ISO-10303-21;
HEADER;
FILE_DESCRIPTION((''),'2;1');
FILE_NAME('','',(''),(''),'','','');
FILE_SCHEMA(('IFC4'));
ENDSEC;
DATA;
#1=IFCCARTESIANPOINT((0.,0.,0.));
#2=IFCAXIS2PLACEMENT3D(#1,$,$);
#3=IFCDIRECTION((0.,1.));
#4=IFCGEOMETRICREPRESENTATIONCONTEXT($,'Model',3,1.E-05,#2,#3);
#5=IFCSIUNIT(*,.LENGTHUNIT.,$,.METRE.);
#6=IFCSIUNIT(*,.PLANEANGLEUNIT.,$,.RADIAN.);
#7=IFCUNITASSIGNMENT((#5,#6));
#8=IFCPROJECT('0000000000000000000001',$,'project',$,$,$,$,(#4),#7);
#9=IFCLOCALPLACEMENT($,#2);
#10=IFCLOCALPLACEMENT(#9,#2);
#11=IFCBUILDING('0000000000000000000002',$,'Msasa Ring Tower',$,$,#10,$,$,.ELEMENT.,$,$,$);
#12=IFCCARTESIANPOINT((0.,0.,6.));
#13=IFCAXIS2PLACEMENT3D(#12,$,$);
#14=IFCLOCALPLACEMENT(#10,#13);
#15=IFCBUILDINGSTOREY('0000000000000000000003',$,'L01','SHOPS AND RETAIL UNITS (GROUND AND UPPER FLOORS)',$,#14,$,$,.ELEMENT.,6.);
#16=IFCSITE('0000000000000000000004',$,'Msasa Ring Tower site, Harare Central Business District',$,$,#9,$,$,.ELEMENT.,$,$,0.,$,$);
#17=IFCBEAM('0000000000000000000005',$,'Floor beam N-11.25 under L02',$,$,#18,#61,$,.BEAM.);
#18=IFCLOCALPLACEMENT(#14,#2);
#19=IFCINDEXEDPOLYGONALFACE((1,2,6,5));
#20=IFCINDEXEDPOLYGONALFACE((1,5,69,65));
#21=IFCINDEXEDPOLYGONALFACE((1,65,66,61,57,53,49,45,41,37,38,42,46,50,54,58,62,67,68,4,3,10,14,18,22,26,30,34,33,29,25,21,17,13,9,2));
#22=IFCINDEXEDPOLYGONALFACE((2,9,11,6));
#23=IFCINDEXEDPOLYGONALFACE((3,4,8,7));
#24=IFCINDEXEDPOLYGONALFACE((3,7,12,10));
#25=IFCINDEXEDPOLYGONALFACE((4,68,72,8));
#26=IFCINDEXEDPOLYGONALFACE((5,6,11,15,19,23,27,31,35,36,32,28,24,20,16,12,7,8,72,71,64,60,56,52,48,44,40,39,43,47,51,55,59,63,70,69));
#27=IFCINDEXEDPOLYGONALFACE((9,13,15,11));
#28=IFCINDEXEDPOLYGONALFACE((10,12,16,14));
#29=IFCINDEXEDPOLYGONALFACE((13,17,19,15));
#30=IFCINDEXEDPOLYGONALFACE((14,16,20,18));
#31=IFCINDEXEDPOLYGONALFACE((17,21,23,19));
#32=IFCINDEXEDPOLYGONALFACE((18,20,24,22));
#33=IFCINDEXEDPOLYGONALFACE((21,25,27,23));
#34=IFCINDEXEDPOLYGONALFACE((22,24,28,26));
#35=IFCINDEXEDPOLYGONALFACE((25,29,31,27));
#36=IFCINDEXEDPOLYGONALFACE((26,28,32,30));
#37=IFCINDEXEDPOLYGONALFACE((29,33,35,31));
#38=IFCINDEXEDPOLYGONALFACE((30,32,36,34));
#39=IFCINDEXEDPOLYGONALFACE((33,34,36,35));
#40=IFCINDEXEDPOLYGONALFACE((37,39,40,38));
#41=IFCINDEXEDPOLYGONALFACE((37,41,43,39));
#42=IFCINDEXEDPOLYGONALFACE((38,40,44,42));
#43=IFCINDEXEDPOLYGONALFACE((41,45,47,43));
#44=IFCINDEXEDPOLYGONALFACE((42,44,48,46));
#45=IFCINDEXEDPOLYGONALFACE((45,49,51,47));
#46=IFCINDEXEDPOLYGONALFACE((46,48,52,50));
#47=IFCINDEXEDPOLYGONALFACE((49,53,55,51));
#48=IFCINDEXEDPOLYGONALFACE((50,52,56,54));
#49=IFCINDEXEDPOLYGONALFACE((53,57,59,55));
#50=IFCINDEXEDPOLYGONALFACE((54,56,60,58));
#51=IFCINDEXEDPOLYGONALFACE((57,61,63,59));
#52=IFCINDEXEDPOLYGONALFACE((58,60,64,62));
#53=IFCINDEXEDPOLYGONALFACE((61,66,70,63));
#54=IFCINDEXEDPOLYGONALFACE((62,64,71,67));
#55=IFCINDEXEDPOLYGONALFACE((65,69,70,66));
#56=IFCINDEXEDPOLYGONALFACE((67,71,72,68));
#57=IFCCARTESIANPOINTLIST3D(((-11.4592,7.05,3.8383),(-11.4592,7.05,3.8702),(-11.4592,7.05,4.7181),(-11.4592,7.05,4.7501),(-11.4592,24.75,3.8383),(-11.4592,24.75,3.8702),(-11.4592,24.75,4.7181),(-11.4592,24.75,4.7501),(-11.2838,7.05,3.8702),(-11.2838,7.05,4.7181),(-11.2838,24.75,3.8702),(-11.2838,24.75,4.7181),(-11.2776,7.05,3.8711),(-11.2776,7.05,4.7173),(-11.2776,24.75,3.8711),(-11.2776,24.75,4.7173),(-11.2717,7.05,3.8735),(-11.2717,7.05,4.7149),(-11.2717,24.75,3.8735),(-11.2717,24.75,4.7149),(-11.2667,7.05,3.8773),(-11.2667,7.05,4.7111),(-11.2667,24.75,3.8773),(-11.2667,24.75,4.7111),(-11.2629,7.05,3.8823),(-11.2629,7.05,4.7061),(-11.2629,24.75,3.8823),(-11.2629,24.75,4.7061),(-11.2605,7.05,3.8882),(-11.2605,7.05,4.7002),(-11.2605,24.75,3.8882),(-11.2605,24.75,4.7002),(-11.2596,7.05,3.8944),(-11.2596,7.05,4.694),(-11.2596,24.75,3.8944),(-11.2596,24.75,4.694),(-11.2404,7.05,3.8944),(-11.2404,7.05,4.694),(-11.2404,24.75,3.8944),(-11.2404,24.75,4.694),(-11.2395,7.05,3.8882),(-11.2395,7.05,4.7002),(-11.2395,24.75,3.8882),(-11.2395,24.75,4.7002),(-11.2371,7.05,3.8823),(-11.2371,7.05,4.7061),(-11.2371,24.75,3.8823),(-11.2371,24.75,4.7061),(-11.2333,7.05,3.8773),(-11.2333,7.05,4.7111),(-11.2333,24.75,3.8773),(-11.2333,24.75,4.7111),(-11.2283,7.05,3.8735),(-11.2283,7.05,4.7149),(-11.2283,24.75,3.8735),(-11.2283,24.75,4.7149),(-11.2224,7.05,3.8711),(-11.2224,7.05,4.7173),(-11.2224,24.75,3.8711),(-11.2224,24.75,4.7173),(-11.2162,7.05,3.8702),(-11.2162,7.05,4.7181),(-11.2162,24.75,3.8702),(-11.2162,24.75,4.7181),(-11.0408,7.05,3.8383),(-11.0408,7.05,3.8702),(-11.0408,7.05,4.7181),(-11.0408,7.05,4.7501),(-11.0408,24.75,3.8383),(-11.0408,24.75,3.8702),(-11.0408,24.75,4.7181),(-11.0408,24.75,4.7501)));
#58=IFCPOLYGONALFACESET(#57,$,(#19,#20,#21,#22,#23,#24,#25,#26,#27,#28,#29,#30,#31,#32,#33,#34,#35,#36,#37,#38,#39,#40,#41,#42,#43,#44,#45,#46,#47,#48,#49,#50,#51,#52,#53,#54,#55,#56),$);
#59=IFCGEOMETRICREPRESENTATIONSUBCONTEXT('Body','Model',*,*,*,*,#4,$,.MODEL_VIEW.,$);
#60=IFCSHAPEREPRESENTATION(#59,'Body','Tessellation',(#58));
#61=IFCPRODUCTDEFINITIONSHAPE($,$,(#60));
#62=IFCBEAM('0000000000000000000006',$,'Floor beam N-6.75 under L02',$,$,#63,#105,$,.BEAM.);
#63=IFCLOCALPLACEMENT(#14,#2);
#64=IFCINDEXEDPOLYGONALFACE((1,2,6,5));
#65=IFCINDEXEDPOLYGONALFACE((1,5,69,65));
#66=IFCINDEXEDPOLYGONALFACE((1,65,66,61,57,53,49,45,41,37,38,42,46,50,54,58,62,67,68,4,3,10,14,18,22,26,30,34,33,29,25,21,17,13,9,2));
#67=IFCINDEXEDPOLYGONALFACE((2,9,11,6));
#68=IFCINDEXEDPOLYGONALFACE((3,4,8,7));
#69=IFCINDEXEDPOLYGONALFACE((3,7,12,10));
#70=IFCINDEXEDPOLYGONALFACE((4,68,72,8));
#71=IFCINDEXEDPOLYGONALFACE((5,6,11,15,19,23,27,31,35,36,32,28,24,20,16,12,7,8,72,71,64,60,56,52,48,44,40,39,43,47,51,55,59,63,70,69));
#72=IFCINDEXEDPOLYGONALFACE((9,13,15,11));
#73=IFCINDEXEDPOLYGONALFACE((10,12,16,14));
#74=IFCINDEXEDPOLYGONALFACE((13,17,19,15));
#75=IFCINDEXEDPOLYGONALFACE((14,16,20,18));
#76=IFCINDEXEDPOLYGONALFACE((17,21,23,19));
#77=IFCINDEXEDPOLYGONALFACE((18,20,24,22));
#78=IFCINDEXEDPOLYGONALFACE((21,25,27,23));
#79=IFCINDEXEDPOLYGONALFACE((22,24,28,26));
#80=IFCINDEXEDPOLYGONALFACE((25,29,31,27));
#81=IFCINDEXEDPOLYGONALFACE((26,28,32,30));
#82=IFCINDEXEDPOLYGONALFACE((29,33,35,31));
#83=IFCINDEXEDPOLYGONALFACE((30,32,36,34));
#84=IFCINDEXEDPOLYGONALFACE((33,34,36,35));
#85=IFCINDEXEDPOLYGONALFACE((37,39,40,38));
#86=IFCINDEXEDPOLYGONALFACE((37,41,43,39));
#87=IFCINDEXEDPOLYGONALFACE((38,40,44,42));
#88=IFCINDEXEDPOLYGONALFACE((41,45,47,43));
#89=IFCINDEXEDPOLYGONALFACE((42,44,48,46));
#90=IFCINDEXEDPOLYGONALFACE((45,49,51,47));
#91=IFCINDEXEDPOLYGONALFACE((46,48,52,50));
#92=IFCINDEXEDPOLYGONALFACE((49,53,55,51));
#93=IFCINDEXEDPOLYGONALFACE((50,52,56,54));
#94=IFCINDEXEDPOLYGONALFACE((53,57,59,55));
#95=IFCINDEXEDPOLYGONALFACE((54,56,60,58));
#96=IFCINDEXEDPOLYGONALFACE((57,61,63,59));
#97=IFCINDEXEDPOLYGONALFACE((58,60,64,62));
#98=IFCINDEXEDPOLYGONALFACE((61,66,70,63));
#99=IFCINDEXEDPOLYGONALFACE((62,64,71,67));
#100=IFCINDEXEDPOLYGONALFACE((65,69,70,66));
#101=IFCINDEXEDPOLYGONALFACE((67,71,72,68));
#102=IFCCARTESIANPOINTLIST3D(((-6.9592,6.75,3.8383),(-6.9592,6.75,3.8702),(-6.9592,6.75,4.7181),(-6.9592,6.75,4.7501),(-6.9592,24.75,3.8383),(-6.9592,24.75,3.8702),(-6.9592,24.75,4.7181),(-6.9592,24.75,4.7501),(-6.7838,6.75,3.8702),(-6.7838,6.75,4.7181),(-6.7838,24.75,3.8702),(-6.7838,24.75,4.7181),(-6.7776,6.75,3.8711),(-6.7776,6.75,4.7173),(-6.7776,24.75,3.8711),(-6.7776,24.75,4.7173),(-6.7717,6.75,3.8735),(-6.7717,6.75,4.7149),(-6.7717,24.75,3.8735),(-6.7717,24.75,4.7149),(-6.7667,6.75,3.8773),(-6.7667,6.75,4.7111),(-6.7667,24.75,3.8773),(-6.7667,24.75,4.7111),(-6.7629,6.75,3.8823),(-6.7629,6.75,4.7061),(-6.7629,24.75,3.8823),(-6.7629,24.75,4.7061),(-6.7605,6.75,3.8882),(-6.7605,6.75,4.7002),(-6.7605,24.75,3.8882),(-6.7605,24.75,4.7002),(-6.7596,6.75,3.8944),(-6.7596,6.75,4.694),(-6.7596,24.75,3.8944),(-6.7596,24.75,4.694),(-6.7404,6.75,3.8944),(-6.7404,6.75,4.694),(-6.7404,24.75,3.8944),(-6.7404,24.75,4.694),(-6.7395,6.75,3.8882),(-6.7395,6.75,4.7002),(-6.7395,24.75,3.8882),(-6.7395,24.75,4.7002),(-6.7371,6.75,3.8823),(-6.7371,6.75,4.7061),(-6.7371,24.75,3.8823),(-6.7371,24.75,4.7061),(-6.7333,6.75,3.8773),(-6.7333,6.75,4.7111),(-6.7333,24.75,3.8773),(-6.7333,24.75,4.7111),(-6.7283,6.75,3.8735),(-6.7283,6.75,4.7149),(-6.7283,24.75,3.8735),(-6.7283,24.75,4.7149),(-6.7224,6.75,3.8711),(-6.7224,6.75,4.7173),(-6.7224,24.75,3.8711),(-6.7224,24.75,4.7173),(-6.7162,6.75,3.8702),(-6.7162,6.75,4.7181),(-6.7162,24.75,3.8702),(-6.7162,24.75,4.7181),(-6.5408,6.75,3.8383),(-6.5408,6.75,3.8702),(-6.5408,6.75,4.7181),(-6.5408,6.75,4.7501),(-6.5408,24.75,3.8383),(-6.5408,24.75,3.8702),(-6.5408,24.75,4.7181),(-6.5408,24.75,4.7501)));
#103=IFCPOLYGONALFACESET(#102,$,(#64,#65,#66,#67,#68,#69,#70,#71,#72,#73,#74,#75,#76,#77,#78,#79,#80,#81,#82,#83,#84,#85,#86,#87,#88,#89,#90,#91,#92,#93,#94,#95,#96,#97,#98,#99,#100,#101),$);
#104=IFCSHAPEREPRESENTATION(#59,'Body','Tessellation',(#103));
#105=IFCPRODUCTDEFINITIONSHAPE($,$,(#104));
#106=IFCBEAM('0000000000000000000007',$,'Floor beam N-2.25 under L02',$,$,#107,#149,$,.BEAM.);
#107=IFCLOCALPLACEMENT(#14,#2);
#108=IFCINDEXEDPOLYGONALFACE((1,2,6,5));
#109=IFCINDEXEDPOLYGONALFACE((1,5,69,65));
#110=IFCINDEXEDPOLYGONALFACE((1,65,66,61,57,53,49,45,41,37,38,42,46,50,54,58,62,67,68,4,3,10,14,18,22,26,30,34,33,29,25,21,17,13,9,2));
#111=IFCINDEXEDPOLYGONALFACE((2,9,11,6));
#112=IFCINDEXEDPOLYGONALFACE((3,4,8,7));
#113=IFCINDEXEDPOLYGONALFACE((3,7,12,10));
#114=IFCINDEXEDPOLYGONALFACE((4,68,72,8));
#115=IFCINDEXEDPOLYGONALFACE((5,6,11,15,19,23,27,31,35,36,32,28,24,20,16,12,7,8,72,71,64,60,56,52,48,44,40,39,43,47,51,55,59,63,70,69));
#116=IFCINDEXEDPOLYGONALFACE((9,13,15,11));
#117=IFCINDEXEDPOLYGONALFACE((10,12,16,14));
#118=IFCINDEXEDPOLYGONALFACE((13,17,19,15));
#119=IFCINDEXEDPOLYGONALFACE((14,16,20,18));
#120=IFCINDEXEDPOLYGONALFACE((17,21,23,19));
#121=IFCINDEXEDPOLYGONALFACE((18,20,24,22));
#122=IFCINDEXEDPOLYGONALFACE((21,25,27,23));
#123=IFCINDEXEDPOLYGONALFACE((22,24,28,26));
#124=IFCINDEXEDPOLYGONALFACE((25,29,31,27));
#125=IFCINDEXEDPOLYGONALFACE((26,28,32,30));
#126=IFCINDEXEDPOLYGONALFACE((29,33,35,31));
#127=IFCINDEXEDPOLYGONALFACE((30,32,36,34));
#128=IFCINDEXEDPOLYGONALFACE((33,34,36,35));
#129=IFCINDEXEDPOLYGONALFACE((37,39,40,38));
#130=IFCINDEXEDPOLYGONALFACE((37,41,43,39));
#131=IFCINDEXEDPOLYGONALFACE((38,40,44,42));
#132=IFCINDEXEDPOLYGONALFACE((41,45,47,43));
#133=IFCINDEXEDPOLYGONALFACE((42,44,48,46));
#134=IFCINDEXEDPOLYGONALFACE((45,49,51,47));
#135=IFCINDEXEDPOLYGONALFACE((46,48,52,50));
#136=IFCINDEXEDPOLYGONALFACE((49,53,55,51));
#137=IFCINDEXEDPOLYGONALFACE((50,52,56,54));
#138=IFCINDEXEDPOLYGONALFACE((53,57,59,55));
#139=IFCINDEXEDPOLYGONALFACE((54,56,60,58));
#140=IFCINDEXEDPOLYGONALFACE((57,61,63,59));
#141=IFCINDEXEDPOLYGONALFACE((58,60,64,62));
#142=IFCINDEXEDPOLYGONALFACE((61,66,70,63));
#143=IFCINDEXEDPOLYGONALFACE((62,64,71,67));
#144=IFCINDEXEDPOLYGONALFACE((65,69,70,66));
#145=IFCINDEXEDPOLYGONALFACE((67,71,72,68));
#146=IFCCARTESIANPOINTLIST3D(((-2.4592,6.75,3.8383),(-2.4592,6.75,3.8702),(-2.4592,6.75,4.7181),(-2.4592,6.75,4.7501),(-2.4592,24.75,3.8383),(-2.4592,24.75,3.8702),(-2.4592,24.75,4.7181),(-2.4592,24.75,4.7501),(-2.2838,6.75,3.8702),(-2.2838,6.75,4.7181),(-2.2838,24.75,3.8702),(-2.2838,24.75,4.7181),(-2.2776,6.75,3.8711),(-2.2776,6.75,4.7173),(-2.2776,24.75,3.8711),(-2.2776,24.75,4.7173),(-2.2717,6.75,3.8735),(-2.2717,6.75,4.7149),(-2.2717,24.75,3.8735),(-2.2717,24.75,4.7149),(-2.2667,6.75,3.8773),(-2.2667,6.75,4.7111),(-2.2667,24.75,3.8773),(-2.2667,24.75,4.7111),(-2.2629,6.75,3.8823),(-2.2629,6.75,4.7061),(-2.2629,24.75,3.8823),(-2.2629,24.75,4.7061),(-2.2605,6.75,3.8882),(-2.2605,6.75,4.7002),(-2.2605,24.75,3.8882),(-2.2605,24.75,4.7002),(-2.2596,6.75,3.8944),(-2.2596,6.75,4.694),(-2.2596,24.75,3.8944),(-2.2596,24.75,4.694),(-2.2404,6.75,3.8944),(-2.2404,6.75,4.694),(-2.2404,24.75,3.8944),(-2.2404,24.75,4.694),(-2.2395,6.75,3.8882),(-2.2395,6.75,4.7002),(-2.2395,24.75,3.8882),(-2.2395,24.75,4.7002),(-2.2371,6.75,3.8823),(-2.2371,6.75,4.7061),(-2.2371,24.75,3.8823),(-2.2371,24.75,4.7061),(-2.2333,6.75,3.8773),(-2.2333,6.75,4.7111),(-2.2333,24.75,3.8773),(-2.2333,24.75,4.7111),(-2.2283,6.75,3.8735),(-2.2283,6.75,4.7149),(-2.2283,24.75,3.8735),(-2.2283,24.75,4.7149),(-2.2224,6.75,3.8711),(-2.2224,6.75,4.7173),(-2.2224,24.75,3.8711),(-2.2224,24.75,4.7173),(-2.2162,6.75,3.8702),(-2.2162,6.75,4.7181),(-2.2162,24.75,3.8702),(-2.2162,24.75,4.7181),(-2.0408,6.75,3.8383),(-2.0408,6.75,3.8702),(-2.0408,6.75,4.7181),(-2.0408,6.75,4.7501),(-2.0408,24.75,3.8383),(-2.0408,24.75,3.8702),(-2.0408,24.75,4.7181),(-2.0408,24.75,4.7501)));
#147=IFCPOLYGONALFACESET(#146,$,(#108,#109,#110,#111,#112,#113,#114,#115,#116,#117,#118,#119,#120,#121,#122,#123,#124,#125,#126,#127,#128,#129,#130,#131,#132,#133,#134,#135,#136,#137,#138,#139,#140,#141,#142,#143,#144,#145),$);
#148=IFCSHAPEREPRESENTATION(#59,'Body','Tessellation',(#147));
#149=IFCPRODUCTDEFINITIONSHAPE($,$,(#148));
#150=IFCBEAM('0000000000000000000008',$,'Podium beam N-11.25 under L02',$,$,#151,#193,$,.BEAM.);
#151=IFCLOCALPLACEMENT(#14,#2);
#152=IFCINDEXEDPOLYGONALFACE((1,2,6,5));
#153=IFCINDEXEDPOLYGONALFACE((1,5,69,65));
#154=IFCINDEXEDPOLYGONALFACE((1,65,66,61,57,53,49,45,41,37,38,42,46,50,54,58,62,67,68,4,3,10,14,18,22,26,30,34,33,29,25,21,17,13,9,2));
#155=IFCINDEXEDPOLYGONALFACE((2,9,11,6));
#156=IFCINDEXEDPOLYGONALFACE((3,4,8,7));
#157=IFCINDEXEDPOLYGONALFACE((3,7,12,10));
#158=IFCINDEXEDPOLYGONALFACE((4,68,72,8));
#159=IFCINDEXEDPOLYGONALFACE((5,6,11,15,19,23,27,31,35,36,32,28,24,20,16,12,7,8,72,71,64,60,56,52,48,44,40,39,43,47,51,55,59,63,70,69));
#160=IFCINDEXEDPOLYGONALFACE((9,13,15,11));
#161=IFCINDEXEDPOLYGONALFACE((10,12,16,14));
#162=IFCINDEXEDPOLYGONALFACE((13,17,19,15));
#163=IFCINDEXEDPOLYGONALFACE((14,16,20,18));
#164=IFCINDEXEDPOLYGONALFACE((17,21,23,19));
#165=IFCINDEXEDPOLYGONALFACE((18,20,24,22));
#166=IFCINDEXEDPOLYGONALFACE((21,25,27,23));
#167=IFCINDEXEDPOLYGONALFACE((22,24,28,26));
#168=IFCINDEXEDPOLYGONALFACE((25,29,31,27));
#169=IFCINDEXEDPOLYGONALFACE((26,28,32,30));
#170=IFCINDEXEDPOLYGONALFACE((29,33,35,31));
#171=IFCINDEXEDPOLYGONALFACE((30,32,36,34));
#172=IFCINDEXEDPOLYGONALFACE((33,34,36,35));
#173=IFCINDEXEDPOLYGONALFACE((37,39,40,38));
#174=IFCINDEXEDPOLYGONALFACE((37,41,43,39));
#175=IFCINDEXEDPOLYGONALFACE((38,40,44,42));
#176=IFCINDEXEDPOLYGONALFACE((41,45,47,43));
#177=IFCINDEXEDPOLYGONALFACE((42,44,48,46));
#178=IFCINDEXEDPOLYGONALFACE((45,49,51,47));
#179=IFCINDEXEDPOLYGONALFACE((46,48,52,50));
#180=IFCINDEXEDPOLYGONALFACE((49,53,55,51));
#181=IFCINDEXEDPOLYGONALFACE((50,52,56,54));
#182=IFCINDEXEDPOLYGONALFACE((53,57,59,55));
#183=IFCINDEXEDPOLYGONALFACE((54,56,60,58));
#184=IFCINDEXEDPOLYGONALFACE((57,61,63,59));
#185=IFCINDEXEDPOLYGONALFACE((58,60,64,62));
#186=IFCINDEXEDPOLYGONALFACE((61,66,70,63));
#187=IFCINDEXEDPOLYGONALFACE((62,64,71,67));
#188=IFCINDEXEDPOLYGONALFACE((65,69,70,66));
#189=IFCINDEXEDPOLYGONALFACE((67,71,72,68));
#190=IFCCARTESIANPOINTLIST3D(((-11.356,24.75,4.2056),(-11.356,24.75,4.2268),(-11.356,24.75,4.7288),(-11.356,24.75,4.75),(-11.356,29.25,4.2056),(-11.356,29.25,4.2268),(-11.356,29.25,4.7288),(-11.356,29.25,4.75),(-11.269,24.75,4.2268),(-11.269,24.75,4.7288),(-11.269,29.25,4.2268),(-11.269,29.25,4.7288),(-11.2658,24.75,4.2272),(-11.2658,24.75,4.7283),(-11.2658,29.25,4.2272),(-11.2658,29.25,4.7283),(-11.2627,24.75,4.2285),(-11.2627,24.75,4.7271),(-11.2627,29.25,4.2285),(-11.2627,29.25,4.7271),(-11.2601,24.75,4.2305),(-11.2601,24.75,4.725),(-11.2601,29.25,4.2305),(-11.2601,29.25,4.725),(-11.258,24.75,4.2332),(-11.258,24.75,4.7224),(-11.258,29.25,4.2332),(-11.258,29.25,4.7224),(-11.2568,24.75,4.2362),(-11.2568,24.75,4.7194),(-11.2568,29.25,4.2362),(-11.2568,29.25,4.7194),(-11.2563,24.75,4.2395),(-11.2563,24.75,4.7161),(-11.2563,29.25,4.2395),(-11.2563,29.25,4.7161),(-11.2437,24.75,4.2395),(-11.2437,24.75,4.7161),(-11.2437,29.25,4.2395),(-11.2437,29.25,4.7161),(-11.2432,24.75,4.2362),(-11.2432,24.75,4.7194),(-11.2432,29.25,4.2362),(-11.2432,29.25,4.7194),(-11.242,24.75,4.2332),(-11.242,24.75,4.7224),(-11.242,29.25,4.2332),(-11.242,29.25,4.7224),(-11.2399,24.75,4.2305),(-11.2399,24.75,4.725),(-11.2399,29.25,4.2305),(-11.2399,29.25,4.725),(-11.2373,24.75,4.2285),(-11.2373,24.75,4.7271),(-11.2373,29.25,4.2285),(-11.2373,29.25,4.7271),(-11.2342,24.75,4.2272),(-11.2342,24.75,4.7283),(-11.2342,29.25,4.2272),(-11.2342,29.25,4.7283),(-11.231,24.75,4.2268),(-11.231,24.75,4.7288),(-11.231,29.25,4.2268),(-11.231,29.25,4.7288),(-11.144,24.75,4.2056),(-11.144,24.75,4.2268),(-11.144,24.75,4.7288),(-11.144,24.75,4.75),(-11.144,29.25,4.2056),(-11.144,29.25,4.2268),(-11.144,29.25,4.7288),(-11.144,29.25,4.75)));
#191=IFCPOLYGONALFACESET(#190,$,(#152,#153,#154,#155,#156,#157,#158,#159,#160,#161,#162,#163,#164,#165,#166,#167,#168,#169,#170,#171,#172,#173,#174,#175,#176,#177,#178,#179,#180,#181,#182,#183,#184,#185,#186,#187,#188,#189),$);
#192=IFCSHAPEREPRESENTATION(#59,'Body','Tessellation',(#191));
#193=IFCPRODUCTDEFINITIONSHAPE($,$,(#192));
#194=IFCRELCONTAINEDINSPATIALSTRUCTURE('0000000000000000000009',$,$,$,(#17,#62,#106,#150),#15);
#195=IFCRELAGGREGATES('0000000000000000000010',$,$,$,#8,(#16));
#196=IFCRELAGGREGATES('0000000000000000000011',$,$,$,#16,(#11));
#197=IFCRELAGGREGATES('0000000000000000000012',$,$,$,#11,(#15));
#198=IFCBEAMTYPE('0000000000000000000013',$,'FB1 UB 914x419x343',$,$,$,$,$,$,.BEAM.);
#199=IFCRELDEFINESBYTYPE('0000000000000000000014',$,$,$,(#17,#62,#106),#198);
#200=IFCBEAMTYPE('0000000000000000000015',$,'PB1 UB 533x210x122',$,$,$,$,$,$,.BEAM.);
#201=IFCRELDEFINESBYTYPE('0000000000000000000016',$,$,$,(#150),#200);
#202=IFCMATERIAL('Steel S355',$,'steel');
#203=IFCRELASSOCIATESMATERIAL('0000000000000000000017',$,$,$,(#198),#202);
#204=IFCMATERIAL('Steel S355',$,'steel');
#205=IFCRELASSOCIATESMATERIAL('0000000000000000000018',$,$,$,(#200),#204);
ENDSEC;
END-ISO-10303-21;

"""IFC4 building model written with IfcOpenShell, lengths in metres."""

from ifc_helpers import new_model, si_unit, direction, frame, origin, origin_2d, place, context, subcontext, project, spatial, i_section, extrude, material, material_profile, profile_set, type_object, element, save


model = new_model("IFC4")

# Units and contexts
model_context = context("Model", 3, precision=1e-05, world=origin(), true_north=direction((0.0, 1.0)))
body_context = subcontext(model_context, "Body", "Model", "MODEL_VIEW")
ifc_project = project(units=[si_unit("LENGTHUNIT", "METRE"), si_unit("PLANEANGLEUNIT", "RADIAN")], contexts=[model_context])

# Site, building, storey
site_placement = place(None, origin())
site = spatial("IfcSite", under=ifc_project, at=site_placement, Name="Msasa Ring Tower site, Harare Central Business District", CompositionType="ELEMENT", RefElevation=0.0)
building_placement = place(site_placement, origin())
building = spatial("IfcBuilding", under=site, at=building_placement, Name="Msasa Ring Tower", CompositionType="ELEMENT")
storey_placement = place(building_placement, frame((0.0, 0.0, 6.0)))
storey = spatial("IfcBuildingStorey", under=building, at=storey_placement, Name="L01", Description="SHOPS AND RETAIL UNITS (GROUND AND UPPER FLOORS)", CompositionType="ELEMENT", Elevation=6.0)

# Beams
ifc_material_1 = material(Name="Steel S355", Category="steel")
ifc_material_profile_1 = material_profile(ifc_material_1, i_section(OverallWidth=0.4185, OverallDepth=0.9119, WebThickness=0.0193, FlangeThickness=0.032, FilletRadius=0.0242, at=origin_2d()), Name="UB 914x419x343")
ifc_profile_set_1 = profile_set([ifc_material_profile_1], Name="Steel S355")
beam_type_1 = type_object("IfcBeamType", Name="FB1 UB 914x419x343", PredefinedType="BEAM", material=ifc_profile_set_1)
beam_placement = place(storey_placement, frame((-11.25, 24.75, 4.2942), z_axis=(0.0, -1.0, 0.0), x_axis=(1.0, 0.0, 0.0)))
element("IfcBeam", 1, at=beam_placement, inside=storey, type_object=beam_type_1, Name="Floor beam N-11.25 under L02", PredefinedType="BEAM", context=body_context, shape_type="SweptSolid", body=[
    extrude(i_section(OverallWidth=0.4185, OverallDepth=0.9119, WebThickness=0.0193, FlangeThickness=0.032, FilletRadius=0.0242, at=origin_2d()), origin(), (0.0, 0.0, 1.0), 17.7),
])
for number, where, z_axis, x_axis, name in (
    (2, (-6.75, 24.75, 4.2942), (0.0, -1.0, 0.0), (1.0, 0.0, 0.0), "Floor beam N-6.75 under L02"),
    (3, (-2.25, 24.75, 4.2942), (0.0, -1.0, 0.0), (1.0, 0.0, 0.0), "Floor beam N-2.25 under L02"),
):
    element("IfcBeam", number, at=place(storey_placement, frame(where, z_axis=z_axis, x_axis=x_axis)), inside=storey, type_object=beam_type_1, Name=name, PredefinedType="BEAM", context=body_context, shape_type="SweptSolid", body=[
        extrude(i_section(OverallWidth=0.4185, OverallDepth=0.9119, WebThickness=0.0193, FlangeThickness=0.032, FilletRadius=0.0242, at=origin_2d()), origin(), (0.0, 0.0, 1.0), 18.0),
    ])
ifc_material_2 = material(Name="Steel S355", Category="steel")
ifc_material_profile_2 = material_profile(ifc_material_2, i_section(OverallWidth=0.2119, OverallDepth=0.5444, WebThickness=0.0127, FlangeThickness=0.0212, FilletRadius=0.0127, at=origin_2d()), Name="UB 533x210x122")
ifc_profile_set_2 = profile_set([ifc_material_profile_2], Name="Steel S355")
beam_type_2 = type_object("IfcBeamType", Name="PB1 UB 533x210x122", PredefinedType="BEAM", material=ifc_profile_set_2)
for number, where, z_axis, x_axis, name in (
    (4, (-11.25, 29.25, 4.4778), (0.0, -1.0, 0.0), (1.0, 0.0, 0.0), "Podium beam N-11.25 under L02"),
):
    element("IfcBeam", number, at=place(storey_placement, frame(where, z_axis=z_axis, x_axis=x_axis)), inside=storey, type_object=beam_type_2, Name=name, PredefinedType="BEAM", context=body_context, shape_type="SweptSolid", body=[
        extrude(i_section(OverallWidth=0.2119, OverallDepth=0.5444, WebThickness=0.0127, FlangeThickness=0.0212, FilletRadius=0.0127, at=origin_2d()), origin(), (0.0, 0.0, 1.0), 4.5),
    ])

save(model, "model.ifc")
